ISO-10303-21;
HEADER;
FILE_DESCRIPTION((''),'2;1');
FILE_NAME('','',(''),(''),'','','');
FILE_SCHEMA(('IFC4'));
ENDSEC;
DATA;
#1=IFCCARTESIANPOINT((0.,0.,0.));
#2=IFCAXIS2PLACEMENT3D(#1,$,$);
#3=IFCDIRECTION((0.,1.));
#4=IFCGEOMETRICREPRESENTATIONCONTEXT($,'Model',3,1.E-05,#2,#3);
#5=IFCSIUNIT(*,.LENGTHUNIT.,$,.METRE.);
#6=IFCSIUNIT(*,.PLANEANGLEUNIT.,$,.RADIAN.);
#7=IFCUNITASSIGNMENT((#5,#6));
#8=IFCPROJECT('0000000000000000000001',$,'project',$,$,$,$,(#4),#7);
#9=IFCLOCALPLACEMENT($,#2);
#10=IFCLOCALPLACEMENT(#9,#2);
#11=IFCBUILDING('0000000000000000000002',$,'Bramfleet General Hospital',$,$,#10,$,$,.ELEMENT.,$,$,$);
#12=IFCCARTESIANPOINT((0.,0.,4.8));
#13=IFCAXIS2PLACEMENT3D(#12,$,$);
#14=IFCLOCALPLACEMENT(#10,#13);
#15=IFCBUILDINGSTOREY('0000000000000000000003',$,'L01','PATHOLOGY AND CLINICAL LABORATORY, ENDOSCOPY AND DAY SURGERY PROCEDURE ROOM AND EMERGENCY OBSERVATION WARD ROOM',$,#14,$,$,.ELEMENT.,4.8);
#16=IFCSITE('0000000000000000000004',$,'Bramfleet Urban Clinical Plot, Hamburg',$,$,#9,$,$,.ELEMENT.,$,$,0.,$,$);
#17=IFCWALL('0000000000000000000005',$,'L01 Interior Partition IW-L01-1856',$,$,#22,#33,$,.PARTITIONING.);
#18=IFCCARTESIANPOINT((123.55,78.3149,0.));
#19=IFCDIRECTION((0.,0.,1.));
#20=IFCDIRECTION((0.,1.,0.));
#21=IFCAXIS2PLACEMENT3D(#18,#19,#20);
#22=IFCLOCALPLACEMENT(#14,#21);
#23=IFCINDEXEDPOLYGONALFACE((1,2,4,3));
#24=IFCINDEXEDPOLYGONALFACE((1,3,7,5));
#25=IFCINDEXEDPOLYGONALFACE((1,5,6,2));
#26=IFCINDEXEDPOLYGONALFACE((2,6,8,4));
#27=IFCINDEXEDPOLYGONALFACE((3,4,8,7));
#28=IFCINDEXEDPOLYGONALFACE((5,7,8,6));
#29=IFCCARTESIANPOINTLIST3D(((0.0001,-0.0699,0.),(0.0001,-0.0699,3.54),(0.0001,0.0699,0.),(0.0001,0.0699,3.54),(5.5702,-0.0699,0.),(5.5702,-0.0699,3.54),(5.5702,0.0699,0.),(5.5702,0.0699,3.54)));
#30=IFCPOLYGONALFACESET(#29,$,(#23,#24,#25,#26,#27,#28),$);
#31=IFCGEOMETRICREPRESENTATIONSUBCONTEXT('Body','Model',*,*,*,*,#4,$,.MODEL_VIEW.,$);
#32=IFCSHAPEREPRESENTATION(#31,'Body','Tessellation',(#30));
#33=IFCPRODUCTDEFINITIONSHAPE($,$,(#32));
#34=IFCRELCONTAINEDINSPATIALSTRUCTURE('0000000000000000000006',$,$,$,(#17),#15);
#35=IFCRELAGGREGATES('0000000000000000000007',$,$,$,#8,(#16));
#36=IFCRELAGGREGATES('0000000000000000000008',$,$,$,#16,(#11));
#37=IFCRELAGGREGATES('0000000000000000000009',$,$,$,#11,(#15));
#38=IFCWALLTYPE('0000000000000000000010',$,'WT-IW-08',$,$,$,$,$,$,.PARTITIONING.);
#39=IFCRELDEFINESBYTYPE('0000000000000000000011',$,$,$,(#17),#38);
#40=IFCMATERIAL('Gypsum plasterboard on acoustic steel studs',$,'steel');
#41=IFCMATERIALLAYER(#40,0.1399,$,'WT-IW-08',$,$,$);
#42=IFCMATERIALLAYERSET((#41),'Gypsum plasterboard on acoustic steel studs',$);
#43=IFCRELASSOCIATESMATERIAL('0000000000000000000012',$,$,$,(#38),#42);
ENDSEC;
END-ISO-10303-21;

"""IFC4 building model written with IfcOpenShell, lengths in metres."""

from ifc_helpers import new_model, si_unit, direction, frame, frame_2d, origin, place, context, subcontext, project, spatial, rectangle, extrude, material, layer, layer_set, type_object, element, save


model = new_model("IFC4")

# Units and contexts
model_context = context("Model", 3, precision=1e-05, world=origin(), true_north=direction((0.0, 1.0)))
body_context = subcontext(model_context, "Body", "Model", "MODEL_VIEW")
ifc_project = project(units=[si_unit("LENGTHUNIT", "METRE"), si_unit("PLANEANGLEUNIT", "RADIAN")], contexts=[model_context])

# Site, building, storey
site_placement = place(None, origin())
site = spatial("IfcSite", under=ifc_project, at=site_placement, Name="Bramfleet Urban Clinical Plot, Hamburg", CompositionType="ELEMENT", RefElevation=0.0)
building_placement = place(site_placement, origin())
building = spatial("IfcBuilding", under=site, at=building_placement, Name="Bramfleet General Hospital", CompositionType="ELEMENT")
storey_placement = place(building_placement, frame((0.0, 0.0, 4.8)))
storey = spatial("IfcBuildingStorey", under=building, at=storey_placement, Name="L01", Description="PATHOLOGY AND CLINICAL LABORATORY, ENDOSCOPY AND DAY SURGERY PROCEDURE ROOM AND EMERGENCY OBSERVATION WARD ROOM", CompositionType="ELEMENT", Elevation=4.8)

# Shared definitions
ifc_material_1 = material(Name="Gypsum plasterboard on acoustic steel studs", Category="steel")

# Wall
ifc_layer_1 = layer(ifc_material_1, 0.1399, Name="WT-IW-08")
ifc_layer_set_1 = layer_set([ifc_layer_1], Name="Gypsum plasterboard on acoustic steel studs")
wall_type_1 = type_object("IfcWallType", Name="WT-IW-08", PredefinedType="PARTITIONING", material=ifc_layer_set_1)
wall_1_placement = place(storey_placement, frame((123.55, 78.3149, 0.0), z_axis=(0.0, 0.0, 1.0), x_axis=(0.0, 1.0, 0.0)))
element("IfcWall", 1, at=wall_1_placement, inside=storey, type_object=wall_type_1, Name="L01 Interior Partition IW-L01-1856", PredefinedType="PARTITIONING", context=body_context, shape_type="SweptSolid", body=[
    extrude(rectangle(XDim=5.5701, YDim=0.1399, at=frame_2d((2.7852, 0.0))), origin(), (0.0, 0.0, 1.0), 3.54),
])

save(model, "model.ifc")
